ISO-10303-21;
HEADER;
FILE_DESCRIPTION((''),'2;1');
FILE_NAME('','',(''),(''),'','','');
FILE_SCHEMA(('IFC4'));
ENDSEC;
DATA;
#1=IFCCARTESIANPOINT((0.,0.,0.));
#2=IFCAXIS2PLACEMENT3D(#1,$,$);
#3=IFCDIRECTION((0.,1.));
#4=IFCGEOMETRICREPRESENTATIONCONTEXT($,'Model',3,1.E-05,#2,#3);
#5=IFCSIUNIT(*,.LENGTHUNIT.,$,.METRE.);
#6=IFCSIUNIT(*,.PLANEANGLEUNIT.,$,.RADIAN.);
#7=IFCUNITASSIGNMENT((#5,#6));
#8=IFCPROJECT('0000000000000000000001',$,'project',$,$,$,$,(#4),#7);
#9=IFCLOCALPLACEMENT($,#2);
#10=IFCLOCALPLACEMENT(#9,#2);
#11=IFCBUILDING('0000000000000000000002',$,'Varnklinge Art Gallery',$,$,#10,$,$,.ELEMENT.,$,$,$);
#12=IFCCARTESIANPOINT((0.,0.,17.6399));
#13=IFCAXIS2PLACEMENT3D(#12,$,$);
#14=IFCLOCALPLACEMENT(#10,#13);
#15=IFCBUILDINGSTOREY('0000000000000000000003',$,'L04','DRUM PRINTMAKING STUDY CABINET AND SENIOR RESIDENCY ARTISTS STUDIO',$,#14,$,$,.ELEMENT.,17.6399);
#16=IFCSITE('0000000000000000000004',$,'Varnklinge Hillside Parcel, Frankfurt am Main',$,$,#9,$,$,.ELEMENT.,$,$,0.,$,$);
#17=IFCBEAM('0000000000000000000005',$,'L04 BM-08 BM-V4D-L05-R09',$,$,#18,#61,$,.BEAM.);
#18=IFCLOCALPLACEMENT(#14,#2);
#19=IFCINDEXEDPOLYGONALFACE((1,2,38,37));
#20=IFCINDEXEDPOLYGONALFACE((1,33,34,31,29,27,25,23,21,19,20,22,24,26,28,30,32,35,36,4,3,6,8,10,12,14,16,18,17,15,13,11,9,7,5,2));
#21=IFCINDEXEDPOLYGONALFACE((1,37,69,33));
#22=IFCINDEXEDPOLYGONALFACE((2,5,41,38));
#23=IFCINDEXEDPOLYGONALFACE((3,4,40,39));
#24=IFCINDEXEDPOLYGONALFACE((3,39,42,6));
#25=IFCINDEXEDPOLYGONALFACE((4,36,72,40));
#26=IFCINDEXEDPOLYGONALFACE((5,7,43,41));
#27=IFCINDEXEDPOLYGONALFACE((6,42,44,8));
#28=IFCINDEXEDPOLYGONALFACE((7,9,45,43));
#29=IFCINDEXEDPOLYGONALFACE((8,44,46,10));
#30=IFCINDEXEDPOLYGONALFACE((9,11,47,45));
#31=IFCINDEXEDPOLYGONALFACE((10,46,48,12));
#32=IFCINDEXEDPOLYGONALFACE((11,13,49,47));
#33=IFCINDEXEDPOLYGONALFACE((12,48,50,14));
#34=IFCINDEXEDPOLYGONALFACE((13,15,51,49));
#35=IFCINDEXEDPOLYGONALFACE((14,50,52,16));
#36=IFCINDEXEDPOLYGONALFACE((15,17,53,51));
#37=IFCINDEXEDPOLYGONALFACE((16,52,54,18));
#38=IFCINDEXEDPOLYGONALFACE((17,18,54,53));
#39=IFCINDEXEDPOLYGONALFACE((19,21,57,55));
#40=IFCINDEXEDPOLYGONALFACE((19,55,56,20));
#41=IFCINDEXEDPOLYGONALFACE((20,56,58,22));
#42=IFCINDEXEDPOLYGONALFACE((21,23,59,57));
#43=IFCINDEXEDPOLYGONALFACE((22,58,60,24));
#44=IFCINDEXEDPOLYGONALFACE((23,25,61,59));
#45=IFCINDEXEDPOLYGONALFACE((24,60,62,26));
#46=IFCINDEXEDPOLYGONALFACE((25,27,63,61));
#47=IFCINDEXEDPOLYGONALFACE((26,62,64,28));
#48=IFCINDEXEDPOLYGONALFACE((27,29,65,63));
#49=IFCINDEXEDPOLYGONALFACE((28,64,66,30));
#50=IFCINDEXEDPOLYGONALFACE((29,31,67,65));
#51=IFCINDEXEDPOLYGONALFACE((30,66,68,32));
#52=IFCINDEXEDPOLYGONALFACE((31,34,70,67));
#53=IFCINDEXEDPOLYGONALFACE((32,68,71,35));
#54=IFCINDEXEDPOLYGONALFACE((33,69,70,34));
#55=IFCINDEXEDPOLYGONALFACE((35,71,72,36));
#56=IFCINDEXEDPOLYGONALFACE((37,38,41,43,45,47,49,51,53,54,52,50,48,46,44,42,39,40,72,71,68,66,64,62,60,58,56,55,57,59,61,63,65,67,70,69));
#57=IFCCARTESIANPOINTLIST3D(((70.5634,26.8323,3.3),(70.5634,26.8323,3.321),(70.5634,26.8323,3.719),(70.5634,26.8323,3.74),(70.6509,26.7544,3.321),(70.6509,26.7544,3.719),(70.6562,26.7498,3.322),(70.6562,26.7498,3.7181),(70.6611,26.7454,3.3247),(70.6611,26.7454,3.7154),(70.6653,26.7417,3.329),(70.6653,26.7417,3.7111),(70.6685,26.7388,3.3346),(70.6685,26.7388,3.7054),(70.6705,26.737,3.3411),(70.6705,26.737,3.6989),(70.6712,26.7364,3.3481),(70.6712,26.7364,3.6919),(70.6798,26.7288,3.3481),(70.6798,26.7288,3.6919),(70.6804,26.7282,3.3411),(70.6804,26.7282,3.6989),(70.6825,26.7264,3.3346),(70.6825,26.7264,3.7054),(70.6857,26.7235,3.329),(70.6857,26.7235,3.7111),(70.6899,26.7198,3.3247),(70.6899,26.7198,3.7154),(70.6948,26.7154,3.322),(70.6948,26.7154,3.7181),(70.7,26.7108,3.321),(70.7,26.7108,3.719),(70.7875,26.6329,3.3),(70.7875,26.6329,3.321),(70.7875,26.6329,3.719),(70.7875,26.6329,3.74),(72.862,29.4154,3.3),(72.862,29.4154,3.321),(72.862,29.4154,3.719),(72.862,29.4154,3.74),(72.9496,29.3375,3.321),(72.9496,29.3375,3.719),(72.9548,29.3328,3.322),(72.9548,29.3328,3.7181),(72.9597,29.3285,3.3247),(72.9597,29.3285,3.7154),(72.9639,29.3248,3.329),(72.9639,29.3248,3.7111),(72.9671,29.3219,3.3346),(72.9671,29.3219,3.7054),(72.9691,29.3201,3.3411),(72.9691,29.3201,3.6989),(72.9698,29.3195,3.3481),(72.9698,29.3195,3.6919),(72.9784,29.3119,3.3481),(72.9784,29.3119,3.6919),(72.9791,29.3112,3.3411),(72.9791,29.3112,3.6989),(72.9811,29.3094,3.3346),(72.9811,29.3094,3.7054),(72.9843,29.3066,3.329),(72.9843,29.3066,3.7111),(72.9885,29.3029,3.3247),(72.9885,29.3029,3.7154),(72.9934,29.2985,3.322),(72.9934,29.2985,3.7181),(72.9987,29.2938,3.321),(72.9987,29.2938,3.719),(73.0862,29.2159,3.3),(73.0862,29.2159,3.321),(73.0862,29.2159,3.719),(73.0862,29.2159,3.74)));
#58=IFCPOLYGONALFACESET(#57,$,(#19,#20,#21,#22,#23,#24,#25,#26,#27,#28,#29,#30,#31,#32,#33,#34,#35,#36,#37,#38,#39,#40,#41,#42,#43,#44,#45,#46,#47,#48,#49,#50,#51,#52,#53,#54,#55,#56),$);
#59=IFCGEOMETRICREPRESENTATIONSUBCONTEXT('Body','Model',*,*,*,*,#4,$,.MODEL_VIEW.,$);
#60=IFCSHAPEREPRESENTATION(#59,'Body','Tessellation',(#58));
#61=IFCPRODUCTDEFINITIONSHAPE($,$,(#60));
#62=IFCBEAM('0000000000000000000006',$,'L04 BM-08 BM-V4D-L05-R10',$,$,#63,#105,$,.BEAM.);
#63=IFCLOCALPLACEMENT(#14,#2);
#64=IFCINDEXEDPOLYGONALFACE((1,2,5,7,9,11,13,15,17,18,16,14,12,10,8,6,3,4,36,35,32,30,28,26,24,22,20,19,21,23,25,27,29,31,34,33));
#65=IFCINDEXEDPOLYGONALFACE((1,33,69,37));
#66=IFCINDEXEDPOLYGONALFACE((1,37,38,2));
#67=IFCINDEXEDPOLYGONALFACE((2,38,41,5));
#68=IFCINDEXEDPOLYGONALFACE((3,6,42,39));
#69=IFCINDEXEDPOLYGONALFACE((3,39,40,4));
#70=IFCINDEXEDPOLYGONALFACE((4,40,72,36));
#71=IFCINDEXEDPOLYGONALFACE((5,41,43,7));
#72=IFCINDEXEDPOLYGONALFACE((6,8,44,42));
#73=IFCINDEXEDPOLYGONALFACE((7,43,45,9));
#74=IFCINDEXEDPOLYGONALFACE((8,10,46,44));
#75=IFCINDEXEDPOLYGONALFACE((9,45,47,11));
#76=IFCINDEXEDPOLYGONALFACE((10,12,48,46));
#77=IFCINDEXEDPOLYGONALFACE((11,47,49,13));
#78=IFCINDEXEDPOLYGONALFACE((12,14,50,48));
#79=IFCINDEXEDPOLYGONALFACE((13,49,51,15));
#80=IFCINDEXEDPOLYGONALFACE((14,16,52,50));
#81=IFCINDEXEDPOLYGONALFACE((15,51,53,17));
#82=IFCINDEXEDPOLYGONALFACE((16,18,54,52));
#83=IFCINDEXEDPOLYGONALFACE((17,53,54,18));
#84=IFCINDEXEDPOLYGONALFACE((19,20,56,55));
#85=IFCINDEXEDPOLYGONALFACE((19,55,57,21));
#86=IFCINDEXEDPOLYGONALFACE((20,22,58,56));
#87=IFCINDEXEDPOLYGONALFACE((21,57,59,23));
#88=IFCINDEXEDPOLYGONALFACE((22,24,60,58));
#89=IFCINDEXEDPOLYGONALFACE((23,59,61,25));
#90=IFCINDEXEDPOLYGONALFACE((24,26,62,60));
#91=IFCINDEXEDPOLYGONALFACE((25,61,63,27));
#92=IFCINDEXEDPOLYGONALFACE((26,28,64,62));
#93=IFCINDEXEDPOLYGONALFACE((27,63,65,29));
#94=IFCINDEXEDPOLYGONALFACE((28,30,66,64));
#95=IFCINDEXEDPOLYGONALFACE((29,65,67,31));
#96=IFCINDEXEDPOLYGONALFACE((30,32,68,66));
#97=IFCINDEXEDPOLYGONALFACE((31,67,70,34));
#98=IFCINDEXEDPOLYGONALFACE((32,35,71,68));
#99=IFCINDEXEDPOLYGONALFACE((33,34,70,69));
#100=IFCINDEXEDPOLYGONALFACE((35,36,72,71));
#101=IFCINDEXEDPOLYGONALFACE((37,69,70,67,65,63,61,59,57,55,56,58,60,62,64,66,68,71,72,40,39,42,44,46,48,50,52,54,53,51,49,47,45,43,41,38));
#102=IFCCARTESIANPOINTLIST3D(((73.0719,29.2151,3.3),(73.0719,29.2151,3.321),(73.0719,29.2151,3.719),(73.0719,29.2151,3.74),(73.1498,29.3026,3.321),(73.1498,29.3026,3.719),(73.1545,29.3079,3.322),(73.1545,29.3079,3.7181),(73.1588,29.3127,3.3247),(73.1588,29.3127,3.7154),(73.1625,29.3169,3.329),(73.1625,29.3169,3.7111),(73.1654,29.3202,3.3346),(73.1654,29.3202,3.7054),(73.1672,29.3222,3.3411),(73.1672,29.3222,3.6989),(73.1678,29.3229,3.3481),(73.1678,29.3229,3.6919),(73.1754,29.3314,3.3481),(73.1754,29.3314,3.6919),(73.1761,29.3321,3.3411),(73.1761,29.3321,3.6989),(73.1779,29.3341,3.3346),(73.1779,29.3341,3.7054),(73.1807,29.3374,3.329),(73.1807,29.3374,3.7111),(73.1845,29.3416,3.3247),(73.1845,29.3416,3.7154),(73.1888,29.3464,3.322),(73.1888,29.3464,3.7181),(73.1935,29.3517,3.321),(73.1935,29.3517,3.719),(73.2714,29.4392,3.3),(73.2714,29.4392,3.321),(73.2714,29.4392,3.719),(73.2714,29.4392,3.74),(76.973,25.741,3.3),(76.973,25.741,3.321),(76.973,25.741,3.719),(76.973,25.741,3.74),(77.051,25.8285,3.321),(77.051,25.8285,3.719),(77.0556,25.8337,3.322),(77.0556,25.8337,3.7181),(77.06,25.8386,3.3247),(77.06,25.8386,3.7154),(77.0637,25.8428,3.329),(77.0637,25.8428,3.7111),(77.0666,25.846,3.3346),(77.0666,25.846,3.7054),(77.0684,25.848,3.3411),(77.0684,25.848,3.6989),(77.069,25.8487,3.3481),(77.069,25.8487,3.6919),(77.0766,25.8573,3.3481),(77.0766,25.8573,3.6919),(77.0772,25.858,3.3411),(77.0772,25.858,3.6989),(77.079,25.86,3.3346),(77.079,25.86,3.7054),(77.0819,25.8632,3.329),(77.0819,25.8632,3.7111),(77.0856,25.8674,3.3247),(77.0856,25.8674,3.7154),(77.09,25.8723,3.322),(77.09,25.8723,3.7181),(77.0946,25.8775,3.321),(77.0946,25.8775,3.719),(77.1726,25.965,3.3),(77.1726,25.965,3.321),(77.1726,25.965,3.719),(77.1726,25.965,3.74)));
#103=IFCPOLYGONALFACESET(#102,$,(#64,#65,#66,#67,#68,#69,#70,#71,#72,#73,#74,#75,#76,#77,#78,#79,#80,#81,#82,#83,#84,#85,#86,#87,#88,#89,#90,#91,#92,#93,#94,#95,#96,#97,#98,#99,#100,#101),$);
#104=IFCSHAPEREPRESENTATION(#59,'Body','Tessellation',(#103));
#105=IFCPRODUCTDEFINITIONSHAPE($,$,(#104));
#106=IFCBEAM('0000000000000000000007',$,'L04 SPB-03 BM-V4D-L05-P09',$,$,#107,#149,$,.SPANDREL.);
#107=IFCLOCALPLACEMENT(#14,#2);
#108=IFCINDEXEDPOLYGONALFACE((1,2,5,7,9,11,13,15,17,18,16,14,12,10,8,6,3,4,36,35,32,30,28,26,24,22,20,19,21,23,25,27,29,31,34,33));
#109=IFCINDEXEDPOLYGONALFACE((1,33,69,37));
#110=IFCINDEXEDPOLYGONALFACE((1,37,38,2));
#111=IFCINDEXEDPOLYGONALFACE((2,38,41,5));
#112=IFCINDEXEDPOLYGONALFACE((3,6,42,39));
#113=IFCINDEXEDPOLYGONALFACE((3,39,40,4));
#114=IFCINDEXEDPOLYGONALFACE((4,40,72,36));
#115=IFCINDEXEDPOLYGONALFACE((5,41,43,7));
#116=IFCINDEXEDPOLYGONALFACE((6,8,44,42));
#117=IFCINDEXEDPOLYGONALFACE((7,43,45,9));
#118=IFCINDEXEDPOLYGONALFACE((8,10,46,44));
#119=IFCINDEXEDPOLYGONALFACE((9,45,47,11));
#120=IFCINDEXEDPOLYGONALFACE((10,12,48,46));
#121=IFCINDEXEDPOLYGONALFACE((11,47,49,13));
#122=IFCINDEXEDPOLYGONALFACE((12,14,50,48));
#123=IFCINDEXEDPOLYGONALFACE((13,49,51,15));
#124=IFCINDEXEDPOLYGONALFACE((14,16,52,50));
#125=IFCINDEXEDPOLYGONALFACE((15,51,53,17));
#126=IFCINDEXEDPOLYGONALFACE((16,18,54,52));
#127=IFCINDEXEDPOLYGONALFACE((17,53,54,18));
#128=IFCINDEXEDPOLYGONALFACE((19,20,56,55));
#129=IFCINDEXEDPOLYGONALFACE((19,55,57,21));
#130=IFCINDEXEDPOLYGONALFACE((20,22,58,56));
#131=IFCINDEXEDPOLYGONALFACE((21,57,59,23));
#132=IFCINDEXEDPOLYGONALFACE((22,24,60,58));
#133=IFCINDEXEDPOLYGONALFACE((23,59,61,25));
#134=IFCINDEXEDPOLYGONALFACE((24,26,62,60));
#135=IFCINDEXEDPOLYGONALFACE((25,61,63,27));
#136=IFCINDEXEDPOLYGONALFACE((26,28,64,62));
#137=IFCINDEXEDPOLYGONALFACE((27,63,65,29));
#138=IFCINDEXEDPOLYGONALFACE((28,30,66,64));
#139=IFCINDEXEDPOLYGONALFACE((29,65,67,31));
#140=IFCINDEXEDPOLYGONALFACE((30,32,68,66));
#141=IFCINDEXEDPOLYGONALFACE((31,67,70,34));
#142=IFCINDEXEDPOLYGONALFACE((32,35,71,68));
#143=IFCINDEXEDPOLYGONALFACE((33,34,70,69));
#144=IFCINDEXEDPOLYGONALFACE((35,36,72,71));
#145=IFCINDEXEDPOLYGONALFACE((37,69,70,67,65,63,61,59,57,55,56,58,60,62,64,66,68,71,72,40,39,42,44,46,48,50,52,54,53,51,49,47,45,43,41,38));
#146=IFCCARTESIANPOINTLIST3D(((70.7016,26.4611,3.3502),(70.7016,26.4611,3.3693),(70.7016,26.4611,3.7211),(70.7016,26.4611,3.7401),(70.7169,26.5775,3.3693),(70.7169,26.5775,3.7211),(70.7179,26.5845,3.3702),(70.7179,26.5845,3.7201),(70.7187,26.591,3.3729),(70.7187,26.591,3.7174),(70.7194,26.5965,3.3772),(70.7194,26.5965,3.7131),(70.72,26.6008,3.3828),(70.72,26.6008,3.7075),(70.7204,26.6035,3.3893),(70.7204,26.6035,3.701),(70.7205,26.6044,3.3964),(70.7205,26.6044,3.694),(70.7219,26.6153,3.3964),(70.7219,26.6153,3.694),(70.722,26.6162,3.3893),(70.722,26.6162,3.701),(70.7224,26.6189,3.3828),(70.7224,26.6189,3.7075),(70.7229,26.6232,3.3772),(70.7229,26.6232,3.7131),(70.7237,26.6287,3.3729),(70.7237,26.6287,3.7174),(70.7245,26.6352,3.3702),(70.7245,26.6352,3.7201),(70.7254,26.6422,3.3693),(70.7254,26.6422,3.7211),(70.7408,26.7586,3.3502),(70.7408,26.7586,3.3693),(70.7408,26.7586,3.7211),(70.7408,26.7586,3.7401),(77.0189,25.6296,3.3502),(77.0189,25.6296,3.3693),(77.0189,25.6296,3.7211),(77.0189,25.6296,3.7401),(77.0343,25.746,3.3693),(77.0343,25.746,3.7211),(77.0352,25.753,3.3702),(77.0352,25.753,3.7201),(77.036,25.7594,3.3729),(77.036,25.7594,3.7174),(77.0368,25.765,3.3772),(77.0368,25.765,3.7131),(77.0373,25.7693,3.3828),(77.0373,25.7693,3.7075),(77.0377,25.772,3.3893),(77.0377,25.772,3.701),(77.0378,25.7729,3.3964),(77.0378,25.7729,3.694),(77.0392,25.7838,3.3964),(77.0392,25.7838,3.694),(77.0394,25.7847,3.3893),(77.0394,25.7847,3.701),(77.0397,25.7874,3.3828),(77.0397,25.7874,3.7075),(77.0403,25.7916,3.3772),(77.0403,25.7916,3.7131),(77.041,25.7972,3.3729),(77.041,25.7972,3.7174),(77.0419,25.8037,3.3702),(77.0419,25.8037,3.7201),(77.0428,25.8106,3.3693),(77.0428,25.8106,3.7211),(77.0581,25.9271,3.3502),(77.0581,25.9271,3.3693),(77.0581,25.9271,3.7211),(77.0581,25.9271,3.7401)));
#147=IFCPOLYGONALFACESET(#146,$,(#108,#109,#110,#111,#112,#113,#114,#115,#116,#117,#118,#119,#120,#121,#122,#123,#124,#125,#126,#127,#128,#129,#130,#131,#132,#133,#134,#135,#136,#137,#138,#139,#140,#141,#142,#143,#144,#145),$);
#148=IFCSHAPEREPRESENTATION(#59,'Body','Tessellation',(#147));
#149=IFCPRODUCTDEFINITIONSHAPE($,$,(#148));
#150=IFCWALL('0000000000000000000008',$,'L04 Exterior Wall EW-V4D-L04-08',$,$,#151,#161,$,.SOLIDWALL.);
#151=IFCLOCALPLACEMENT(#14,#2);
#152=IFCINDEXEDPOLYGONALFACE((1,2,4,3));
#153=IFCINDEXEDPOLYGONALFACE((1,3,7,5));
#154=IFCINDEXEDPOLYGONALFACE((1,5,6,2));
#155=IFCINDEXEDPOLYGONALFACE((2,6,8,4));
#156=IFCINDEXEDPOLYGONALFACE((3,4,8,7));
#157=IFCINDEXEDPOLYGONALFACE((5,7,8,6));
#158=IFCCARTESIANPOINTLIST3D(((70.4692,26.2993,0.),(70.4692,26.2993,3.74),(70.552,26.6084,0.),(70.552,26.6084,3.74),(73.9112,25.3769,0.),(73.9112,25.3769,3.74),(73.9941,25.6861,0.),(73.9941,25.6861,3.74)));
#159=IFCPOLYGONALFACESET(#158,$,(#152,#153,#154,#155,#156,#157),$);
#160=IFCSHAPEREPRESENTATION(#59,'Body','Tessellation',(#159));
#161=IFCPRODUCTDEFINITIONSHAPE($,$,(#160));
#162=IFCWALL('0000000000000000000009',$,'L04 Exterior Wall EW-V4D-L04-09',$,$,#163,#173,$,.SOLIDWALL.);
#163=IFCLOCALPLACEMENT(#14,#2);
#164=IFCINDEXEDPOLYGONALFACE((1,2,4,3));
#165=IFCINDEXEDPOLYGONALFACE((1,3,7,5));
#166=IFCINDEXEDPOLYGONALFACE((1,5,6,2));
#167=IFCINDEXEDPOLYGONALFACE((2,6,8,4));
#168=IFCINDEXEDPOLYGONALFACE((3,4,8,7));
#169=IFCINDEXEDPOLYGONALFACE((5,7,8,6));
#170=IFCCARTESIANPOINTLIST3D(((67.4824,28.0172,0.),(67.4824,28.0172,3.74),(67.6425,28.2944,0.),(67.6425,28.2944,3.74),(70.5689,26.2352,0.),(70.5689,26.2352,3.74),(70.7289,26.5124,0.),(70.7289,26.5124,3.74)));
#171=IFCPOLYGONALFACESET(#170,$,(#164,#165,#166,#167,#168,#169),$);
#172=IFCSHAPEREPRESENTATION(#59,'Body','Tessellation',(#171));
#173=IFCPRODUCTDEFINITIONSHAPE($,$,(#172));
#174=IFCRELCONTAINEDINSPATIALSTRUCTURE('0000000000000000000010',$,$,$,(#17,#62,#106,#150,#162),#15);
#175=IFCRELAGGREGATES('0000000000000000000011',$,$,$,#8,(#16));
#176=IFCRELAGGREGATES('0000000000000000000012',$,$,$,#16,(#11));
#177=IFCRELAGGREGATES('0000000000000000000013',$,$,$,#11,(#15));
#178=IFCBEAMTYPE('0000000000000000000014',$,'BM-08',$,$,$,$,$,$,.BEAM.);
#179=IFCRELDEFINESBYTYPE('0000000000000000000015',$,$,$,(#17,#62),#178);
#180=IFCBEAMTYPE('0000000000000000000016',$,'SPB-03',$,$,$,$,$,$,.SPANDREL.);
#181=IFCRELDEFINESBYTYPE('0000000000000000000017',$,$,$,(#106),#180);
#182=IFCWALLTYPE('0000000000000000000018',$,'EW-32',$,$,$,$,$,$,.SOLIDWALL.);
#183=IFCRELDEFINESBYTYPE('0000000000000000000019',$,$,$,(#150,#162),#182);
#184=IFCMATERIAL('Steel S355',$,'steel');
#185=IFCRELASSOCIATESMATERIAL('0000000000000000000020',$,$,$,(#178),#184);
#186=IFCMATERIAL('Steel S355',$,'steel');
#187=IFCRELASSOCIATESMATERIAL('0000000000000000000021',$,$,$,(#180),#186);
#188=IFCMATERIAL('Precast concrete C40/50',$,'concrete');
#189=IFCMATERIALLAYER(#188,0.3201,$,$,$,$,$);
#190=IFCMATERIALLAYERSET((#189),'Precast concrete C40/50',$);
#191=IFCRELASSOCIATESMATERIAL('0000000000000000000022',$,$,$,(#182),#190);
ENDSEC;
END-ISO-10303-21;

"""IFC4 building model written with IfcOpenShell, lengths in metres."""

from ifc_helpers import new_model, si_unit, direction, frame, frame_2d, origin, origin_2d, place, context, subcontext, project, spatial, rectangle, i_section, extrude, material, layer, layer_set, material_profile, profile_set, type_object, element, save


model = new_model("IFC4")

# Units and contexts
model_context = context("Model", 3, precision=1e-05, world=origin(), true_north=direction((0.0, 1.0)))
body_context = subcontext(model_context, "Body", "Model", "MODEL_VIEW")
ifc_project = project(units=[si_unit("LENGTHUNIT", "METRE"), si_unit("PLANEANGLEUNIT", "RADIAN")], contexts=[model_context])

# Site, building, storey
site_placement = place(None, origin())
site = spatial("IfcSite", under=ifc_project, at=site_placement, Name="Varnklinge Hillside Parcel, Frankfurt am Main", CompositionType="ELEMENT", RefElevation=0.0)
building_placement = place(site_placement, origin())
building = spatial("IfcBuilding", under=site, at=building_placement, Name="Varnklinge Art Gallery", CompositionType="ELEMENT")
storey_placement = place(building_placement, frame((0.0, 0.0, 17.6399)))
storey = spatial("IfcBuildingStorey", under=building, at=storey_placement, Name="L04", Description="DRUM PRINTMAKING STUDY CABINET AND SENIOR RESIDENCY ARTISTS STUDIO", CompositionType="ELEMENT", Elevation=17.6399)

# Beams
ifc_material_1 = material(Name="Steel S355", Category="steel")
ifc_material_profile_1 = material_profile(ifc_material_1, i_section(OverallWidth=0.3, OverallDepth=0.4399, WebThickness=0.0115, FlangeThickness=0.021, FilletRadius=0.0271, at=origin_2d()), Name="HEA 450")
ifc_profile_set_1 = profile_set([ifc_material_profile_1], Name="Steel S355")
beam_type_1 = type_object("IfcBeamType", Name="BM-08", PredefinedType="BEAM", material=ifc_profile_set_1)
beam_1_placement = place(storey_placement, frame((72.9741, 29.3157, 3.52), z_axis=(-0.66478, -0.747039, 0.0), x_axis=(0.747039, -0.66478, 0.0)))
element("IfcBeam", 1, at=beam_1_placement, inside=storey, type_object=beam_type_1, Name="L04 BM-08 BM-V4D-L05-R09", PredefinedType="BEAM", context=body_context, shape_type="SweptSolid", body=[
    extrude(i_section(OverallWidth=0.3, OverallDepth=0.4399, WebThickness=0.0115, FlangeThickness=0.021, FilletRadius=0.0271, at=origin_2d()), origin(), (0.0, 0.0, 1.0), 3.4578),
])
beam_2_placement = place(storey_placement, frame((73.1716, 29.3271, 3.52), z_axis=(0.746795, -0.665054, 0.0), x_axis=(0.665054, 0.746795, 0.0)))
element("IfcBeam", 2, at=beam_2_placement, inside=storey, type_object=beam_type_1, Name="L04 BM-08 BM-V4D-L05-R10", PredefinedType="BEAM", context=body_context, shape_type="SweptSolid", body=[
    extrude(i_section(OverallWidth=0.3, OverallDepth=0.4399, WebThickness=0.0115, FlangeThickness=0.021, FilletRadius=0.0271, at=origin_2d()), origin(), (0.0, 0.0, 1.0), 5.2239),
])
ifc_material_2 = material(Name="Steel S355", Category="steel")
ifc_material_profile_2 = material_profile(ifc_material_2, i_section(OverallWidth=0.3, OverallDepth=0.3899, WebThickness=0.011, FlangeThickness=0.019, FilletRadius=0.0271, at=origin_2d()), Name="HEA 400")
ifc_profile_set_2 = profile_set([ifc_material_profile_2], Name="Steel S355")
beam_type_2 = type_object("IfcBeamType", Name="SPB-03", PredefinedType="SPANDREL", material=ifc_profile_set_2)
beam_3_placement = place(storey_placement, frame((70.7212, 26.6099, 3.5452), z_axis=(0.991448, -0.130502, 0.0), x_axis=(0.130502, 0.991448, 0.0)))
element("IfcBeam", 3, at=beam_3_placement, inside=storey, type_object=beam_type_2, Name="L04 SPB-03 BM-V4D-L05-P09", PredefinedType="SPANDREL", context=body_context, shape_type="SweptSolid", body=[
    extrude(i_section(OverallWidth=0.3, OverallDepth=0.3899, WebThickness=0.011, FlangeThickness=0.019, FilletRadius=0.0271, at=origin_2d()), origin(), (0.0, 0.0, 1.0), 6.3718),
])

# Walls
ifc_material_3 = material(Name="Precast concrete C40/50", Category="concrete")
ifc_layer_1 = layer(ifc_material_3, 0.3201)
ifc_layer_set_1 = layer_set([ifc_layer_1], Name="Precast concrete C40/50")
wall_type_1 = type_object("IfcWallType", Name="EW-32", PredefinedType="SOLIDWALL", material=ifc_layer_set_1)
wall_1_placement = place(storey_placement, frame((73.9526, 25.5315, 0.0), z_axis=(0.0, 0.0, 1.0), x_axis=(-0.965923, 0.258831, 0.0)))
element("IfcWall", 4, at=wall_1_placement, inside=storey, type_object=wall_type_1, Name="L04 Exterior Wall EW-V4D-L04-08", PredefinedType="SOLIDWALL", context=body_context, shape_type="SweptSolid", body=[
    extrude(rectangle(XDim=3.5635, YDim=0.3201, at=frame_2d((1.7817, 0.0))), origin(), (0.0, 0.0, 1.0), 3.74),
])
wall_2_placement = place(storey_placement, frame((70.6489, 26.3738, 0.0), z_axis=(0.0, 0.0, 1.0), x_axis=(-0.866021, 0.500007, 0.0)))
element("IfcWall", 5, at=wall_2_placement, inside=storey, type_object=wall_type_1, Name="L04 Exterior Wall EW-V4D-L04-09", PredefinedType="SOLIDWALL", context=body_context, shape_type="SweptSolid", body=[
    extrude(rectangle(XDim=3.564, YDim=0.3201, at=frame_2d((1.782, 0.0))), origin(), (0.0, 0.0, 1.0), 3.74),
])

save(model, "model.ifc")
